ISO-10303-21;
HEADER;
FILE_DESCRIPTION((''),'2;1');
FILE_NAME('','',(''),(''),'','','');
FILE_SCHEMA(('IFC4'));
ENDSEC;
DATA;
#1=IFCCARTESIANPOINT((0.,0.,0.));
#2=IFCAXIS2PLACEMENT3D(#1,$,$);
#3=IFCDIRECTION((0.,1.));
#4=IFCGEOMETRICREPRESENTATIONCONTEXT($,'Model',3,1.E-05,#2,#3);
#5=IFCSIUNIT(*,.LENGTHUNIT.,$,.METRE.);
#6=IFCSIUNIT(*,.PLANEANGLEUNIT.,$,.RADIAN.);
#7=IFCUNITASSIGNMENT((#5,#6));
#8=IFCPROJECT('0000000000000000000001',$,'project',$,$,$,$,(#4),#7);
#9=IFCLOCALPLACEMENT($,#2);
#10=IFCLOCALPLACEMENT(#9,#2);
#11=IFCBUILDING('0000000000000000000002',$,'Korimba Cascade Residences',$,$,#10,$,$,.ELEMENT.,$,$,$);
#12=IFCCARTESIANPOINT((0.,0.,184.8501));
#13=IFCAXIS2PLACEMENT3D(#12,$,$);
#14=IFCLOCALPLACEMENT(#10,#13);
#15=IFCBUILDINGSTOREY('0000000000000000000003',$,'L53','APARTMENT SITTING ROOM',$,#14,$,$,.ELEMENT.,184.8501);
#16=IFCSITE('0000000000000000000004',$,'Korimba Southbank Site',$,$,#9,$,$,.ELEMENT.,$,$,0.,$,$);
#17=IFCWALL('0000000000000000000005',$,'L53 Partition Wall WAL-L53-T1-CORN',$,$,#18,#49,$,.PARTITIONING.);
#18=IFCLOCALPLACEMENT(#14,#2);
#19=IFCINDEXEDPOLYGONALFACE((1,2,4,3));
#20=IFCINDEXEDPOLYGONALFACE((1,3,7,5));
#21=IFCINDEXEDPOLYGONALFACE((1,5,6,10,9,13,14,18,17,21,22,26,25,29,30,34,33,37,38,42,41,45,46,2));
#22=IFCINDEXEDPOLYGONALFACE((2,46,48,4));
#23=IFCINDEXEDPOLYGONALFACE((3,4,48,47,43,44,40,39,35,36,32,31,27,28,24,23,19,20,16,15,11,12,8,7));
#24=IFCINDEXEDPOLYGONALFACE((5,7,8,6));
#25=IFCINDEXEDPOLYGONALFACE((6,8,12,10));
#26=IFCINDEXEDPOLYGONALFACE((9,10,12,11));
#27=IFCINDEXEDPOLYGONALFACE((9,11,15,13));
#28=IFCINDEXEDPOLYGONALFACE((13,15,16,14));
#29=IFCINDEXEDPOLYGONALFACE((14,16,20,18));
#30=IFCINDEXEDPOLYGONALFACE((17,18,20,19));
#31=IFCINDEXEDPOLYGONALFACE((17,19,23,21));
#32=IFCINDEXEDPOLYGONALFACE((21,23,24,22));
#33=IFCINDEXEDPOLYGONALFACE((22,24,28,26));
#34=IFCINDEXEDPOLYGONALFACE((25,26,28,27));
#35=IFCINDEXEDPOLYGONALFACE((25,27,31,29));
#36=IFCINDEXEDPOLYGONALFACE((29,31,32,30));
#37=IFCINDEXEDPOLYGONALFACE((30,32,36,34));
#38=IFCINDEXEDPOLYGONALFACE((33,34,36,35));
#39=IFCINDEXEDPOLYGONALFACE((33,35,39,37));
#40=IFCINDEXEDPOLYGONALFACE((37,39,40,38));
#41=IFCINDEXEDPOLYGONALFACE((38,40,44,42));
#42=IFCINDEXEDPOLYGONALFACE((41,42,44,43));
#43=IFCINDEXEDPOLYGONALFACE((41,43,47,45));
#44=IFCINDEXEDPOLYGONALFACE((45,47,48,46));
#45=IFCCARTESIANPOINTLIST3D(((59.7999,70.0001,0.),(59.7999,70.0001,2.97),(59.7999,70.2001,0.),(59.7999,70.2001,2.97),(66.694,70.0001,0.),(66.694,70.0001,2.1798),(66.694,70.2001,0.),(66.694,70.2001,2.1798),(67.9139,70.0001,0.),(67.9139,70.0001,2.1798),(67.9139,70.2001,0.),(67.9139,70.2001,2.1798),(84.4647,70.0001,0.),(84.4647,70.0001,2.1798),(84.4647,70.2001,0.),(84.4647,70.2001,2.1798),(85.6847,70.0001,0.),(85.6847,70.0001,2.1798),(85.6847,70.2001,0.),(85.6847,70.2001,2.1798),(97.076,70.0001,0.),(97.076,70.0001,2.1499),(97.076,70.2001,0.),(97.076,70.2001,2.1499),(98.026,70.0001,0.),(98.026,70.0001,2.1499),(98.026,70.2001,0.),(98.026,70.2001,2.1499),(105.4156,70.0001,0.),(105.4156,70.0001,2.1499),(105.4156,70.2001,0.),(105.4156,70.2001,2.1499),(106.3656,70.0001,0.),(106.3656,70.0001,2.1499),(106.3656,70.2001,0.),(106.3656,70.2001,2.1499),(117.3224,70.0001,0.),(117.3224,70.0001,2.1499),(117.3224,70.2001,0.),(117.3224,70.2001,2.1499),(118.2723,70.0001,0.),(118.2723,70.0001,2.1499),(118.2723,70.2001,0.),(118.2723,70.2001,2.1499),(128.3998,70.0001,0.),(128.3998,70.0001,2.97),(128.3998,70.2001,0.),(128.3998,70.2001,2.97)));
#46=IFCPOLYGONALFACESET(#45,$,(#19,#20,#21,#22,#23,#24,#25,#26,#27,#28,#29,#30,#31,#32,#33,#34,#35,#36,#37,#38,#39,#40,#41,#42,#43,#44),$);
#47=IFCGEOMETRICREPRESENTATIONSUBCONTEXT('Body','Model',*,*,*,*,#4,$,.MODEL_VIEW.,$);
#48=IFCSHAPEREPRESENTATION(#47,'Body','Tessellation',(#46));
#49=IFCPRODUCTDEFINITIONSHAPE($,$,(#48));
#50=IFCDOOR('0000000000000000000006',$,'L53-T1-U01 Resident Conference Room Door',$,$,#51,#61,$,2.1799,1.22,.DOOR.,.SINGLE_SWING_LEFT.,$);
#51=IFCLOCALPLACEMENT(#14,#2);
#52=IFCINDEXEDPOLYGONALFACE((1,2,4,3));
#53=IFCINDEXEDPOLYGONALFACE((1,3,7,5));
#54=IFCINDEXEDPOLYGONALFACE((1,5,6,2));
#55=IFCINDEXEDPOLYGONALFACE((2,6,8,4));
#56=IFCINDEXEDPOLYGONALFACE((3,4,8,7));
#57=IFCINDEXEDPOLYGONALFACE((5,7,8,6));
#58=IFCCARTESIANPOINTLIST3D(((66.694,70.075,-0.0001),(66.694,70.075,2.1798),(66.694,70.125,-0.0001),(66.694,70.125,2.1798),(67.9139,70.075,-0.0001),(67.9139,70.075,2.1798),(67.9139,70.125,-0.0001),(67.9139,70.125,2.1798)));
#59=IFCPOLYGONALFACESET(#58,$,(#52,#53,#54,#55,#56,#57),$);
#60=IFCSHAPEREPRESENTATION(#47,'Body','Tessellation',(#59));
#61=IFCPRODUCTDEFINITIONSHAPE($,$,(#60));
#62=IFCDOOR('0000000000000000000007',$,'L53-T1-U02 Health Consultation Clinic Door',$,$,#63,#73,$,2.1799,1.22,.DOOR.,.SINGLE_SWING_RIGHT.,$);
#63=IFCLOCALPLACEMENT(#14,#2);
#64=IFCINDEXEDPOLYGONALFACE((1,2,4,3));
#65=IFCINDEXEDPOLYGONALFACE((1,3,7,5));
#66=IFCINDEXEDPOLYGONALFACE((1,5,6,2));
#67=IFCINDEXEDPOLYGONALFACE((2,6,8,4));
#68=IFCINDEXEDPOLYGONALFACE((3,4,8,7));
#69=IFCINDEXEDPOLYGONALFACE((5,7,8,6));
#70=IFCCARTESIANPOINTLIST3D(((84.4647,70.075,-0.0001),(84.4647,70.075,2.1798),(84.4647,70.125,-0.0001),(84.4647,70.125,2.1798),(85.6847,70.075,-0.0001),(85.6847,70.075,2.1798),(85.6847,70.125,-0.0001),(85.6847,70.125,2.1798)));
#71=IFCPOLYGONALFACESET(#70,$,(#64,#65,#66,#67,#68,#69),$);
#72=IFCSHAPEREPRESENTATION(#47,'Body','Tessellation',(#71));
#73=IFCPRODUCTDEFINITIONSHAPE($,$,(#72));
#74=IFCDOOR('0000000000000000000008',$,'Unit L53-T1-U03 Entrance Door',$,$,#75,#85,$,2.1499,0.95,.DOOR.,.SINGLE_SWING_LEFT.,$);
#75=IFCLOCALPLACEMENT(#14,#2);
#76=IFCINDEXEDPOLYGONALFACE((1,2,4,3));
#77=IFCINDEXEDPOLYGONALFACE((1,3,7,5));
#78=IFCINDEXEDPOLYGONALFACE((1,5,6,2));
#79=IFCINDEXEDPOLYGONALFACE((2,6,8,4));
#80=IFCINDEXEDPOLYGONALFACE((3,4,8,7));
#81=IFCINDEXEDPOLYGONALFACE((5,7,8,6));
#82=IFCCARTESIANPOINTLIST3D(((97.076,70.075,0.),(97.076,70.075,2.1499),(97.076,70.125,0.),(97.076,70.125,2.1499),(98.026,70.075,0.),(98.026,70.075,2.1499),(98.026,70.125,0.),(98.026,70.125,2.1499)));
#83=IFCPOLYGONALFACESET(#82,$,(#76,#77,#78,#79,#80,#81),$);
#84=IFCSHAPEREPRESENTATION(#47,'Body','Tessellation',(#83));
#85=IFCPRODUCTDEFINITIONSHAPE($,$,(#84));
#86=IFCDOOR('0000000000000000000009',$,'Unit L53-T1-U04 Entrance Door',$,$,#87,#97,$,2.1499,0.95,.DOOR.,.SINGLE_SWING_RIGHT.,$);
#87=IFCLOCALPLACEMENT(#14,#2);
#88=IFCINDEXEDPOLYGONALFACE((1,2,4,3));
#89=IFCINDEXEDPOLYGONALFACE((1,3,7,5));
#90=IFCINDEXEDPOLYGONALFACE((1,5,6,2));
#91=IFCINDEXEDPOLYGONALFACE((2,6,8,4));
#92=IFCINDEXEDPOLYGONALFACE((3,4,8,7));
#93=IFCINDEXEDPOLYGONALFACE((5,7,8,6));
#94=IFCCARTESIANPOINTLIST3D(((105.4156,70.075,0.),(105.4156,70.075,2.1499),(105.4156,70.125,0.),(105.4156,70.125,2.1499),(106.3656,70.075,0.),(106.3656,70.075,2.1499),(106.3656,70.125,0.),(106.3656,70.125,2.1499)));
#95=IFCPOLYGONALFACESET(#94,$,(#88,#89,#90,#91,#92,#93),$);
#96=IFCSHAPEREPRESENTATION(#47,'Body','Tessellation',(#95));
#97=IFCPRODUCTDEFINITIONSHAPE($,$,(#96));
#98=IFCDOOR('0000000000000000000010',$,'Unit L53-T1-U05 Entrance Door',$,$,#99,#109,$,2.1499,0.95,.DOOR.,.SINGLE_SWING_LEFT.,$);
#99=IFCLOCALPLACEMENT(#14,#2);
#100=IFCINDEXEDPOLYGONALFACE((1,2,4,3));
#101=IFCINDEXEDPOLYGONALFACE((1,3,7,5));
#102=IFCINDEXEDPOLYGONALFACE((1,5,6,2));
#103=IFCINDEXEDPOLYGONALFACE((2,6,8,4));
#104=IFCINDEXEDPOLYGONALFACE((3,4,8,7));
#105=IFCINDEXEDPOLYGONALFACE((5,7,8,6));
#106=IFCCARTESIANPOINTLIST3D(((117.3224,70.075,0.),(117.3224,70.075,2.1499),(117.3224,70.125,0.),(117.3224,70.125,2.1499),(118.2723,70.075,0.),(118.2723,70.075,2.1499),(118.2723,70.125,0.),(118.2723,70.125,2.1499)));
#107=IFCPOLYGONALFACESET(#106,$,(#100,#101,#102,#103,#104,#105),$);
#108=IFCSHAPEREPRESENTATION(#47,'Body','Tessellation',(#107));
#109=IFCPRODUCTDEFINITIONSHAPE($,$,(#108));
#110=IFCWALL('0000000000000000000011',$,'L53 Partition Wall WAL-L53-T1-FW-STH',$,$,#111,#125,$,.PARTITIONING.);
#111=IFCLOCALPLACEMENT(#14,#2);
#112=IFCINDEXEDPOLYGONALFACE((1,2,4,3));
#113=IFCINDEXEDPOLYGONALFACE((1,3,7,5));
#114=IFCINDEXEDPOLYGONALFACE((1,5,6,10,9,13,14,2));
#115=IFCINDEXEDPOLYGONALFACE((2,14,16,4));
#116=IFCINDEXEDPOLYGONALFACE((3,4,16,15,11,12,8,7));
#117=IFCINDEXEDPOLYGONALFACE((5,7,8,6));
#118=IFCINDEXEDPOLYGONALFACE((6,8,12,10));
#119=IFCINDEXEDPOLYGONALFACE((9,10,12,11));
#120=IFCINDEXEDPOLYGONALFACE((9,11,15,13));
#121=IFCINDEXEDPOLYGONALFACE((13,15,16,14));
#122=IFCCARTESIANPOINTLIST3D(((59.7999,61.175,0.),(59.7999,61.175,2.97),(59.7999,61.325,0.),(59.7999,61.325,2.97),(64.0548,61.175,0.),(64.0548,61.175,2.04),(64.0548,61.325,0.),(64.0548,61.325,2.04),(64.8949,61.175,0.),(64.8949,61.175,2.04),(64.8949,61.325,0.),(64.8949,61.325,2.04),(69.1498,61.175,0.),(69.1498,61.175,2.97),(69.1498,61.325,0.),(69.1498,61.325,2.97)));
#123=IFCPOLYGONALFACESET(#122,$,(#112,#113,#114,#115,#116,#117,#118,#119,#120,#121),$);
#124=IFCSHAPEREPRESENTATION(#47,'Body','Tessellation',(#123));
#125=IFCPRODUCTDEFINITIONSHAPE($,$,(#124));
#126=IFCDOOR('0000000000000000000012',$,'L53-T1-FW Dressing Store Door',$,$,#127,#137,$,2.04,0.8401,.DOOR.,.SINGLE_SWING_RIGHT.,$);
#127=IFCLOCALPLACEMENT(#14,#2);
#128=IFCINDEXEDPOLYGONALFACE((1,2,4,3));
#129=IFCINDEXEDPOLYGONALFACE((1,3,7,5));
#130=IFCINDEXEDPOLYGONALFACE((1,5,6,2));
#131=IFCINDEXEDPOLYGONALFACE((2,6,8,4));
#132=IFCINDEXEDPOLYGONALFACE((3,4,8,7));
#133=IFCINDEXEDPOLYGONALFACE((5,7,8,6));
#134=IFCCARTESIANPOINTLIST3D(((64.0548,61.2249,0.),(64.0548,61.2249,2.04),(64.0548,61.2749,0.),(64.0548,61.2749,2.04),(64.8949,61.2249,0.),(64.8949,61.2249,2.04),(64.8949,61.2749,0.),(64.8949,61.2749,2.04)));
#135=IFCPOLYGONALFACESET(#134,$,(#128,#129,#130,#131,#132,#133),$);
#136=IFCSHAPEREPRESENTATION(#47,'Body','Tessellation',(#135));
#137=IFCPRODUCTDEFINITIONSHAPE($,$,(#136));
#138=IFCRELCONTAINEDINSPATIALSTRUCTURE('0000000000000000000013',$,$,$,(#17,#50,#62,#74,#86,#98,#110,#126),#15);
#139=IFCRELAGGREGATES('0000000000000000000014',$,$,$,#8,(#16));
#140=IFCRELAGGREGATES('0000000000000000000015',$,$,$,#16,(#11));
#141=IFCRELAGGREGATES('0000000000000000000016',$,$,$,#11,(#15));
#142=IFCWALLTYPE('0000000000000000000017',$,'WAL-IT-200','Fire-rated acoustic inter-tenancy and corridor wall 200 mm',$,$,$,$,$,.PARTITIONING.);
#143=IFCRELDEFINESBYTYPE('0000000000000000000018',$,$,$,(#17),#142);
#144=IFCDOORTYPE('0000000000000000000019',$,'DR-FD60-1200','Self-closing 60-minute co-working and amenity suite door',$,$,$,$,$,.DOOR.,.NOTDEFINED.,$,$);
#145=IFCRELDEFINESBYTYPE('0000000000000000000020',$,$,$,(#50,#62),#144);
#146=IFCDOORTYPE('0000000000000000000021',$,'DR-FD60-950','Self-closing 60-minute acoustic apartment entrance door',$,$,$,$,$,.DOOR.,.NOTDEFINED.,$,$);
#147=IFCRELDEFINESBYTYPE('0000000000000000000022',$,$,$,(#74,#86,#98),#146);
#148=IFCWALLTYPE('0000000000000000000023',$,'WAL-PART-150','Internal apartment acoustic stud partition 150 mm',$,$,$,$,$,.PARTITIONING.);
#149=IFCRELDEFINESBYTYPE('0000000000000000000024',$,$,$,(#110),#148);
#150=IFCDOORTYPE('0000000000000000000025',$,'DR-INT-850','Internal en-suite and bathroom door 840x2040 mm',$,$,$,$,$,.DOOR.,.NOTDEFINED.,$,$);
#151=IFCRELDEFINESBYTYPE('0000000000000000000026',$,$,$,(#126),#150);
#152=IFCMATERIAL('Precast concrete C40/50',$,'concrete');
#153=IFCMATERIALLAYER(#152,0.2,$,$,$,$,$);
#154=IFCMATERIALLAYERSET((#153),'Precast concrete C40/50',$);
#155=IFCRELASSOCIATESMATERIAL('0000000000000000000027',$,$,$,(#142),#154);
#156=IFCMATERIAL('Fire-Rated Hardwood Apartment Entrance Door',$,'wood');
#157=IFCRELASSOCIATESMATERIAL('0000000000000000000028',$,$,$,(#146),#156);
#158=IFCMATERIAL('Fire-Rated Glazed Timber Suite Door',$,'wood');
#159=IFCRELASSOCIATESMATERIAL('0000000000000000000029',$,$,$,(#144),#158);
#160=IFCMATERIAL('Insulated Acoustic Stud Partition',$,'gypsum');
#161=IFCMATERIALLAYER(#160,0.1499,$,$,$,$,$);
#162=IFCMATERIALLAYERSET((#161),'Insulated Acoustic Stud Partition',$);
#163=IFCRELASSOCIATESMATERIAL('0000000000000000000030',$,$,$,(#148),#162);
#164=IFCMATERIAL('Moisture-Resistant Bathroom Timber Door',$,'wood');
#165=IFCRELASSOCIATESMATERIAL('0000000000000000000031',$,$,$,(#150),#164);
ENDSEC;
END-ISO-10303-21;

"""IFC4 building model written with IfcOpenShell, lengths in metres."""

from ifc_helpers import new_model, si_unit, direction, frame, frame_2d, origin, place, context, subcontext, project, spatial, rectangle, extrude, material, layer, layer_set, type_object, element, fill, save


model = new_model("IFC4")

# Units and contexts
model_context = context("Model", 3, precision=1e-05, world=origin(), true_north=direction((0.0, 1.0)))
body_context = subcontext(model_context, "Body", "Model", "MODEL_VIEW")
ifc_project = project(units=[si_unit("LENGTHUNIT", "METRE"), si_unit("PLANEANGLEUNIT", "RADIAN")], contexts=[model_context])

# Site, building, storey
site_placement = place(None, origin())
site = spatial("IfcSite", under=ifc_project, at=site_placement, Name="Korimba Southbank Site", CompositionType="ELEMENT", RefElevation=0.0)
building_placement = place(site_placement, origin())
building = spatial("IfcBuilding", under=site, at=building_placement, Name="Korimba Cascade Residences", CompositionType="ELEMENT")
storey_placement = place(building_placement, frame((0.0, 0.0, 184.8501)))
storey = spatial("IfcBuildingStorey", under=building, at=storey_placement, Name="L53", Description="APARTMENT SITTING ROOM", CompositionType="ELEMENT", Elevation=184.8501)

# Shared definitions
ifc_material_1 = material(Name="Precast concrete C40/50", Category="concrete")

# Shared definitions
ifc_layer_1 = layer(ifc_material_1, 0.2)
ifc_layer_set_1 = layer_set([ifc_layer_1], Name="Precast concrete C40/50")
wall_type_1 = type_object("IfcWallType", Name="WAL-IT-200", Description="Fire-rated acoustic inter-tenancy and corridor wall 200 mm", PredefinedType="PARTITIONING", material=ifc_layer_set_1)
ifc_material_2 = material(Name="Fire-Rated Hardwood Apartment Entrance Door", Category="wood")
door_type_1 = type_object("IfcDoorType", Name="DR-FD60-950", Description="Self-closing 60-minute acoustic apartment entrance door", OperationType="NOTDEFINED", PredefinedType="DOOR", material=ifc_material_2)

# Wall, openings, doors
wall_1_placement = place(storey_placement, frame((59.8, 70.1001, 0.0), z_axis=(0.0, 0.0, 1.0), x_axis=(1.0, 0.0, 0.0)))
wall_1 = element("IfcWall", 1, at=wall_1_placement, inside=storey, type_object=wall_type_1, Name="L53 Partition Wall WAL-L53-T1-CORN", PredefinedType="PARTITIONING", context=body_context, shape_type="SweptSolid", body=[
    extrude(rectangle(XDim=68.5999, YDim=0.2, at=frame_2d((34.2998, 0.0))), origin(), (0.0, 0.0, 1.0), 2.97),
])
opening_1_placement = place(wall_1_placement, frame((6.894, 0.0, 0.0)))
opening_1 = element("IfcOpeningElement", 2, at=opening_1_placement, cuts=wall_1, PredefinedType="OPENING", context=body_context, shape_type="SweptSolid", body=[
    extrude(rectangle(XDim=1.22, YDim=2.1799, at=frame_2d((0.6099, 1.0898))), frame((0.0, 0.1099, 0.0), z_axis=(0.0, -1.0, 0.0), x_axis=(1.0, 0.0, 0.0)), (0.0, 0.0, 1.0), 0.22),
])
opening_2_placement = place(wall_1_placement, frame((24.6648, 0.0, 0.0)))
opening_2 = element("IfcOpeningElement", 3, at=opening_2_placement, cuts=wall_1, PredefinedType="OPENING", context=body_context, shape_type="SweptSolid", body=[
    extrude(rectangle(XDim=1.22, YDim=2.1799, at=frame_2d((0.6099, 1.0898))), frame((0.0, 0.1099, 0.0), z_axis=(0.0, -1.0, 0.0), x_axis=(1.0, 0.0, 0.0)), (0.0, 0.0, 1.0), 0.22),
])
opening_3_placement = place(wall_1_placement, frame((37.2759, 0.0, 0.0)))
opening_3 = element("IfcOpeningElement", 4, at=opening_3_placement, cuts=wall_1, PredefinedType="OPENING", context=body_context, shape_type="SweptSolid", body=[
    extrude(rectangle(XDim=0.95, YDim=2.1499, at=frame_2d((0.4751, 1.075))), frame((0.0, 0.1099, 0.0), z_axis=(0.0, -1.0, 0.0), x_axis=(1.0, 0.0, 0.0)), (0.0, 0.0, 1.0), 0.22),
])
opening_4_placement = place(wall_1_placement, frame((45.6155, 0.0, 0.0)))
opening_4 = element("IfcOpeningElement", 5, at=opening_4_placement, cuts=wall_1, PredefinedType="OPENING", context=body_context, shape_type="SweptSolid", body=[
    extrude(rectangle(XDim=0.95, YDim=2.1499, at=frame_2d((0.4751, 1.075))), frame((0.0, 0.1099, 0.0), z_axis=(0.0, -1.0, 0.0), x_axis=(1.0, 0.0, 0.0)), (0.0, 0.0, 1.0), 0.22),
])
opening_5_placement = place(wall_1_placement, frame((57.5222, 0.0, 0.0)))
opening_5 = element("IfcOpeningElement", 6, at=opening_5_placement, cuts=wall_1, PredefinedType="OPENING", context=body_context, shape_type="SweptSolid", body=[
    extrude(rectangle(XDim=0.95, YDim=2.1499, at=frame_2d((0.4751, 1.075))), frame((0.0, 0.1099, 0.0), z_axis=(0.0, -1.0, 0.0), x_axis=(1.0, 0.0, 0.0)), (0.0, 0.0, 1.0), 0.22),
])
ifc_material_3 = material(Name="Fire-Rated Glazed Timber Suite Door", Category="wood")
door_type_2 = type_object("IfcDoorType", Name="DR-FD60-1200", Description="Self-closing 60-minute co-working and amenity suite door", OperationType="NOTDEFINED", PredefinedType="DOOR", material=ifc_material_3)
door_1_placement = place(opening_1_placement, origin())
door_1 = element("IfcDoor", 7, at=door_1_placement, inside=storey, type_object=door_type_2, Name="L53-T1-U01 Resident Conference Room Door", OperationType="SINGLE_SWING_LEFT", OverallHeight=2.1799, OverallWidth=1.22, PredefinedType="DOOR", context=body_context, shape_type="SweptSolid", body=[
    extrude(rectangle(XDim=1.22, YDim=2.1799, at=frame_2d((0.6099, 1.0898))), frame((0.0, 0.0249, 0.0), z_axis=(0.0, -1.0, 0.0), x_axis=(1.0, 0.0, 0.0)), (0.0, 0.0, 1.0), 0.05),
])
fill(opening_1, door_1)
door_2_placement = place(opening_2_placement, origin())
door_2 = element("IfcDoor", 8, at=door_2_placement, inside=storey, type_object=door_type_2, Name="L53-T1-U02 Health Consultation Clinic Door", OperationType="SINGLE_SWING_RIGHT", OverallHeight=2.1799, OverallWidth=1.22, PredefinedType="DOOR", context=body_context, shape_type="SweptSolid", body=[
    extrude(rectangle(XDim=1.22, YDim=2.1799, at=frame_2d((0.6099, 1.0898))), frame((0.0, 0.0249, 0.0), z_axis=(0.0, -1.0, 0.0), x_axis=(1.0, 0.0, 0.0)), (0.0, 0.0, 1.0), 0.05),
])
fill(opening_2, door_2)
door_3_placement = place(opening_3_placement, origin())
door_3 = element("IfcDoor", 9, at=door_3_placement, inside=storey, type_object=door_type_1, Name="Unit L53-T1-U03 Entrance Door", OperationType="SINGLE_SWING_LEFT", OverallHeight=2.1499, OverallWidth=0.95, PredefinedType="DOOR", context=body_context, shape_type="SweptSolid", body=[
    extrude(rectangle(XDim=0.95, YDim=2.1499, at=frame_2d((0.4751, 1.075))), frame((0.0, 0.0249, 0.0), z_axis=(0.0, -1.0, 0.0), x_axis=(1.0, 0.0, 0.0)), (0.0, 0.0, 1.0), 0.05),
])
fill(opening_3, door_3)
door_4_placement = place(opening_4_placement, origin())
door_4 = element("IfcDoor", 10, at=door_4_placement, inside=storey, type_object=door_type_1, Name="Unit L53-T1-U04 Entrance Door", OperationType="SINGLE_SWING_RIGHT", OverallHeight=2.1499, OverallWidth=0.95, PredefinedType="DOOR", context=body_context, shape_type="SweptSolid", body=[
    extrude(rectangle(XDim=0.95, YDim=2.1499, at=frame_2d((0.4751, 1.075))), frame((0.0, 0.0249, 0.0), z_axis=(0.0, -1.0, 0.0), x_axis=(1.0, 0.0, 0.0)), (0.0, 0.0, 1.0), 0.05),
])
fill(opening_4, door_4)
door_5_placement = place(opening_5_placement, origin())
door_5 = element("IfcDoor", 11, at=door_5_placement, inside=storey, type_object=door_type_1, Name="Unit L53-T1-U05 Entrance Door", OperationType="SINGLE_SWING_LEFT", OverallHeight=2.1499, OverallWidth=0.95, PredefinedType="DOOR", context=body_context, shape_type="SweptSolid", body=[
    extrude(rectangle(XDim=0.95, YDim=2.1499, at=frame_2d((0.4751, 1.075))), frame((0.0, 0.0249, 0.0), z_axis=(0.0, -1.0, 0.0), x_axis=(1.0, 0.0, 0.0)), (0.0, 0.0, 1.0), 0.05),
])
fill(opening_5, door_5)

# Wall, opening, door
ifc_material_4 = material(Name="Insulated Acoustic Stud Partition", Category="gypsum")
ifc_layer_2 = layer(ifc_material_4, 0.1499)
ifc_layer_set_2 = layer_set([ifc_layer_2], Name="Insulated Acoustic Stud Partition")
wall_type_2 = type_object("IfcWallType", Name="WAL-PART-150", Description="Internal apartment acoustic stud partition 150 mm", PredefinedType="PARTITIONING", material=ifc_layer_set_2)
wall_2_placement = place(storey_placement, frame((59.8, 61.25, 0.0), z_axis=(0.0, 0.0, 1.0), x_axis=(1.0, 0.0, 0.0)))
wall_2 = element("IfcWall", 12, at=wall_2_placement, inside=storey, type_object=wall_type_2, Name="L53 Partition Wall WAL-L53-T1-FW-STH", PredefinedType="PARTITIONING", context=body_context, shape_type="SweptSolid", body=[
    extrude(rectangle(XDim=9.3499, YDim=0.1499, at=frame_2d((4.6748, 0.0))), origin(), (0.0, 0.0, 1.0), 2.97),
])
opening_6_placement = place(wall_2_placement, frame((4.2549, 0.0, 0.0)))
opening_6 = element("IfcOpeningElement", 13, at=opening_6_placement, cuts=wall_2, PredefinedType="OPENING", context=body_context, shape_type="SweptSolid", body=[
    extrude(rectangle(XDim=0.8401, YDim=2.04, at=frame_2d((0.4199, 1.02))), frame((0.0, 0.085, 0.0), z_axis=(0.0, -1.0, 0.0), x_axis=(1.0, 0.0, 0.0)), (0.0, 0.0, 1.0), 0.1699),
])
ifc_material_5 = material(Name="Moisture-Resistant Bathroom Timber Door", Category="wood")
door_type_3 = type_object("IfcDoorType", Name="DR-INT-850", Description="Internal en-suite and bathroom door 840x2040 mm", OperationType="NOTDEFINED", PredefinedType="DOOR", material=ifc_material_5)
door_6_placement = place(opening_6_placement, origin())
door_6 = element("IfcDoor", 14, at=door_6_placement, inside=storey, type_object=door_type_3, Name="L53-T1-FW Dressing Store Door", OperationType="SINGLE_SWING_RIGHT", OverallHeight=2.04, OverallWidth=0.8401, PredefinedType="DOOR", context=body_context, shape_type="SweptSolid", body=[
    extrude(rectangle(XDim=0.8401, YDim=2.04, at=frame_2d((0.4199, 1.02))), frame((0.0, 0.0249, 0.0), z_axis=(0.0, -1.0, 0.0), x_axis=(1.0, 0.0, 0.0)), (0.0, 0.0, 1.0), 0.05),
])
fill(opening_6, door_6)

save(model, "model.ifc")
